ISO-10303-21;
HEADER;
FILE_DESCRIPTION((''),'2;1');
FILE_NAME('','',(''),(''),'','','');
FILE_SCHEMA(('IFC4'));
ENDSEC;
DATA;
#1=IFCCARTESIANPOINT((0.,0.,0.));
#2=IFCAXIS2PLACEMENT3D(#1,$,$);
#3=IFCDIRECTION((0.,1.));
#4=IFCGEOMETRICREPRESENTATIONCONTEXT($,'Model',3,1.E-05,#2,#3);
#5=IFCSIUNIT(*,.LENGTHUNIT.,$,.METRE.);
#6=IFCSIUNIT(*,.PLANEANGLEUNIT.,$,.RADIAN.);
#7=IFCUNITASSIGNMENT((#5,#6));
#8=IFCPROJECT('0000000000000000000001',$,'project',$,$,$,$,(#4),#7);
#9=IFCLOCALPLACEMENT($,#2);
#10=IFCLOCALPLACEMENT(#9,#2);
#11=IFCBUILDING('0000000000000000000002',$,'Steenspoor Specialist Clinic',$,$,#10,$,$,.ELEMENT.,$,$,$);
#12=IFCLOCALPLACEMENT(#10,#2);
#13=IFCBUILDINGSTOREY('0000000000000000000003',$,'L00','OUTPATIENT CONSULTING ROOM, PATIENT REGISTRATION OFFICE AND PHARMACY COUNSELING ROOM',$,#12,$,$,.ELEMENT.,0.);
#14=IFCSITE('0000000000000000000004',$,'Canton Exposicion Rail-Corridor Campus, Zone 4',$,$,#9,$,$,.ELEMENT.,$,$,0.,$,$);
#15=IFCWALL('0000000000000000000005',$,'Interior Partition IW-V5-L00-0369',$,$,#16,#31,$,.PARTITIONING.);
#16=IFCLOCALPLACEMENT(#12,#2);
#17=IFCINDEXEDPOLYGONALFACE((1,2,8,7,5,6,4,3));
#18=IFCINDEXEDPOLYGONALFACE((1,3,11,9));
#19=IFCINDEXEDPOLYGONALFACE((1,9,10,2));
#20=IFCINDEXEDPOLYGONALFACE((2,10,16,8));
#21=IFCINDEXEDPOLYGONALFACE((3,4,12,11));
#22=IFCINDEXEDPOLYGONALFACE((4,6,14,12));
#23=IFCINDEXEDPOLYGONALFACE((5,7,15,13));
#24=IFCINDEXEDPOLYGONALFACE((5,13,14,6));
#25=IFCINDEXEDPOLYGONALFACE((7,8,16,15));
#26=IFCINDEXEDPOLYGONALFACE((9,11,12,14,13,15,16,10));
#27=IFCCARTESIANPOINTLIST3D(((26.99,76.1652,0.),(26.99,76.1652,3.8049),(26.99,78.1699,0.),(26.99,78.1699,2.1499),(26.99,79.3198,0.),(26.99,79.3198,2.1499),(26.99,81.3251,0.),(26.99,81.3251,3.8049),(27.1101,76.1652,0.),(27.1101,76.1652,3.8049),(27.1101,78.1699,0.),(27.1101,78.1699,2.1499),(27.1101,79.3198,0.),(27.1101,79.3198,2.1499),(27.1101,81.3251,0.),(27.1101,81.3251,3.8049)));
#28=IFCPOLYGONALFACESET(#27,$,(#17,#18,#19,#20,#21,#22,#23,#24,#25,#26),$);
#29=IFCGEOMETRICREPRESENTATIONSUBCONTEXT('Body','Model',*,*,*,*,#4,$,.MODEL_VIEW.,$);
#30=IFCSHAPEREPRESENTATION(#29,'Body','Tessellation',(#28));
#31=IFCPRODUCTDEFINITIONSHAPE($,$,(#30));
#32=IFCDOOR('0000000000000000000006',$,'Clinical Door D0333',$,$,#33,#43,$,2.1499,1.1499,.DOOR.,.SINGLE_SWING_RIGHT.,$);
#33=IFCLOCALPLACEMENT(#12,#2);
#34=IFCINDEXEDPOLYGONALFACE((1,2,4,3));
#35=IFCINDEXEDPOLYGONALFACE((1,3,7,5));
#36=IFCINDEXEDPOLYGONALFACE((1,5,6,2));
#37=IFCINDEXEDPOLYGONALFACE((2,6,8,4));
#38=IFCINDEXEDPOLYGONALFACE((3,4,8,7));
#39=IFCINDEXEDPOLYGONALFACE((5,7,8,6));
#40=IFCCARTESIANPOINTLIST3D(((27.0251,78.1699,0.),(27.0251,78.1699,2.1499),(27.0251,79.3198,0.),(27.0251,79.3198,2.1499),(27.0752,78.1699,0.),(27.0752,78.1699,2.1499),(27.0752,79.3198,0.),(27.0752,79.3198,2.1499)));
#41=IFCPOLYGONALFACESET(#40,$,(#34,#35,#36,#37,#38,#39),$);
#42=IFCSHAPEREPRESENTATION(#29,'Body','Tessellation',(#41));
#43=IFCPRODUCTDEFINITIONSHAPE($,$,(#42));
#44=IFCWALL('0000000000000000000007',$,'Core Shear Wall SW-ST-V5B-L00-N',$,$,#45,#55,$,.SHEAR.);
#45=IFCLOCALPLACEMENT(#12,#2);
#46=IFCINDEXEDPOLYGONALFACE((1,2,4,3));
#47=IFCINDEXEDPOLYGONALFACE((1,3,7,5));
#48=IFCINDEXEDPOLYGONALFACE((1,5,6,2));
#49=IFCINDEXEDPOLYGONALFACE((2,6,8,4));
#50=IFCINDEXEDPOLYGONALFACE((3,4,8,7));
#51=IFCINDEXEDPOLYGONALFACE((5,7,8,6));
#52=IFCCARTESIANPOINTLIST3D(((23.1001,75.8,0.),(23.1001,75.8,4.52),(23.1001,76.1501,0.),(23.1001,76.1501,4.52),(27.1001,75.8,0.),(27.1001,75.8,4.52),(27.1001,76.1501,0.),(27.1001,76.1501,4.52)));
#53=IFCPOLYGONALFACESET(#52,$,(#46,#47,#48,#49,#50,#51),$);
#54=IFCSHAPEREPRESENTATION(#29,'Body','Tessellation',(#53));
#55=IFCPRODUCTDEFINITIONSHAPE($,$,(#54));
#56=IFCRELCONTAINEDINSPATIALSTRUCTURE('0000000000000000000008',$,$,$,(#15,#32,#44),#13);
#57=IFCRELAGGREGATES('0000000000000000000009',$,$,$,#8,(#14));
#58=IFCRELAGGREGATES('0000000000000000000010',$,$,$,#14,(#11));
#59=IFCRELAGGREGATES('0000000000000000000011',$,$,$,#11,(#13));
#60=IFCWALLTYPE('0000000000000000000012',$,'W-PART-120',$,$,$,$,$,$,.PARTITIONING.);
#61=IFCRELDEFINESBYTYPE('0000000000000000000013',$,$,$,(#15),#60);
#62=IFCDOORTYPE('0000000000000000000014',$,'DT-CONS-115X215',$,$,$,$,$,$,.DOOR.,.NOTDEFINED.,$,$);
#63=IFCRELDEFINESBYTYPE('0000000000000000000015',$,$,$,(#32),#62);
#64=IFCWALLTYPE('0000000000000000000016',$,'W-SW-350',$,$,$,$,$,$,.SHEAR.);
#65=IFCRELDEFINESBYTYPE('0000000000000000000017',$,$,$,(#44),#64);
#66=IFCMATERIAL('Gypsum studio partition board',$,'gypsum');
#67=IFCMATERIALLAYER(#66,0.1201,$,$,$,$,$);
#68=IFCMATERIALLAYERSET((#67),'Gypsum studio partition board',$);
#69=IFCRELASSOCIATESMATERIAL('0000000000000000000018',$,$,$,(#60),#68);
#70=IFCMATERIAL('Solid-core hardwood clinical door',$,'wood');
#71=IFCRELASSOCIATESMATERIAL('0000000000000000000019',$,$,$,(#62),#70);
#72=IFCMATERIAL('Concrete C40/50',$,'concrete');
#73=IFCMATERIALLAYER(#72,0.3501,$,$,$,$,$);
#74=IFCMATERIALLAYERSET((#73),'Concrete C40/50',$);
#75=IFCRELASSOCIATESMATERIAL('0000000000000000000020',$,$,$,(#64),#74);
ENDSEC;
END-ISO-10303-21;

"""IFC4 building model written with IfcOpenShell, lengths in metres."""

from ifc_helpers import new_model, si_unit, direction, frame, frame_2d, origin, place, context, subcontext, project, spatial, rectangle, extrude, material, layer, layer_set, type_object, element, fill, save


model = new_model("IFC4")

# Units and contexts
model_context = context("Model", 3, precision=1e-05, world=origin(), true_north=direction((0.0, 1.0)))
body_context = subcontext(model_context, "Body", "Model", "MODEL_VIEW")
ifc_project = project(units=[si_unit("LENGTHUNIT", "METRE"), si_unit("PLANEANGLEUNIT", "RADIAN")], contexts=[model_context])

# Site, building, storey
site_placement = place(None, origin())
site = spatial("IfcSite", under=ifc_project, at=site_placement, Name="Canton Exposicion Rail-Corridor Campus, Zone 4", CompositionType="ELEMENT", RefElevation=0.0)
building_placement = place(site_placement, origin())
building = spatial("IfcBuilding", under=site, at=building_placement, Name="Steenspoor Specialist Clinic", CompositionType="ELEMENT")
storey_placement = place(building_placement, origin())
storey = spatial("IfcBuildingStorey", under=building, at=storey_placement, Name="L00", Description="OUTPATIENT CONSULTING ROOM, PATIENT REGISTRATION OFFICE AND PHARMACY COUNSELING ROOM", CompositionType="ELEMENT", Elevation=0.0)

# Shared definitions
ifc_material_1 = material(Name="Concrete C40/50", Category="concrete")

# Wall, opening, door
ifc_material_2 = material(Name="Gypsum studio partition board", Category="gypsum")
ifc_layer_1 = layer(ifc_material_2, 0.1201)
ifc_layer_set_1 = layer_set([ifc_layer_1], Name="Gypsum studio partition board")
wall_type_1 = type_object("IfcWallType", Name="W-PART-120", PredefinedType="PARTITIONING", material=ifc_layer_set_1)
wall_1_placement = place(storey_placement, frame((27.05, 76.165, 0.0), z_axis=(0.0, 0.0, 1.0), x_axis=(0.0, 1.0, 0.0)))
wall_1 = element("IfcWall", 1, at=wall_1_placement, inside=storey, type_object=wall_type_1, Name="Interior Partition IW-V5-L00-0369", PredefinedType="PARTITIONING", context=body_context, shape_type="SweptSolid", body=[
    extrude(rectangle(XDim=5.1599, YDim=0.1201, at=frame_2d((2.5801, 0.0))), origin(), (0.0, 0.0, 1.0), 3.8049),
])
opening_placement = place(wall_1_placement, frame((2.0049, 0.0, 0.0)))
opening = element("IfcOpeningElement", 2, at=opening_placement, cuts=wall_1, PredefinedType="OPENING", context=body_context, shape_type="SweptSolid", body=[
    extrude(rectangle(XDim=1.1499, YDim=2.1499, at=frame_2d((0.575, 1.075))), frame((0.0, 0.0701, 0.0), z_axis=(0.0, -1.0, 0.0), x_axis=(1.0, 0.0, 0.0)), (0.0, 0.0, 1.0), 0.1401),
])
ifc_material_3 = material(Name="Solid-core hardwood clinical door", Category="wood")
door_type = type_object("IfcDoorType", Name="DT-CONS-115X215", OperationType="NOTDEFINED", PredefinedType="DOOR", material=ifc_material_3)
door_placement = place(opening_placement, origin())
door = element("IfcDoor", 3, at=door_placement, inside=storey, type_object=door_type, Name="Clinical Door D0333", OperationType="SINGLE_SWING_RIGHT", OverallHeight=2.1499, OverallWidth=1.1499, PredefinedType="DOOR", context=body_context, shape_type="SweptSolid", body=[
    extrude(rectangle(XDim=1.1499, YDim=2.1499, at=frame_2d((0.575, 1.075))), frame((0.0, 0.0249, 0.0), z_axis=(0.0, -1.0, 0.0), x_axis=(1.0, 0.0, 0.0)), (0.0, 0.0, 1.0), 0.05),
])
fill(opening, door)

# Wall
ifc_layer_2 = layer(ifc_material_1, 0.3501)
ifc_layer_set_2 = layer_set([ifc_layer_2], Name="Concrete C40/50")
wall_type_2 = type_object("IfcWallType", Name="W-SW-350", PredefinedType="SHEAR", material=ifc_layer_set_2)
wall_2_placement = place(storey_placement, frame((23.1001, 75.9751, 0.0), z_axis=(0.0, 0.0, 1.0), x_axis=(1.0, 0.0, 0.0)))
element("IfcWall", 4, at=wall_2_placement, inside=storey, type_object=wall_type_2, Name="Core Shear Wall SW-ST-V5B-L00-N", PredefinedType="SHEAR", context=body_context, shape_type="SweptSolid", body=[
    extrude(rectangle(XDim=4.0, YDim=0.3501, at=frame_2d((2.0, 0.0))), origin(), (0.0, 0.0, 1.0), 4.52),
])

save(model, "model.ifc")
